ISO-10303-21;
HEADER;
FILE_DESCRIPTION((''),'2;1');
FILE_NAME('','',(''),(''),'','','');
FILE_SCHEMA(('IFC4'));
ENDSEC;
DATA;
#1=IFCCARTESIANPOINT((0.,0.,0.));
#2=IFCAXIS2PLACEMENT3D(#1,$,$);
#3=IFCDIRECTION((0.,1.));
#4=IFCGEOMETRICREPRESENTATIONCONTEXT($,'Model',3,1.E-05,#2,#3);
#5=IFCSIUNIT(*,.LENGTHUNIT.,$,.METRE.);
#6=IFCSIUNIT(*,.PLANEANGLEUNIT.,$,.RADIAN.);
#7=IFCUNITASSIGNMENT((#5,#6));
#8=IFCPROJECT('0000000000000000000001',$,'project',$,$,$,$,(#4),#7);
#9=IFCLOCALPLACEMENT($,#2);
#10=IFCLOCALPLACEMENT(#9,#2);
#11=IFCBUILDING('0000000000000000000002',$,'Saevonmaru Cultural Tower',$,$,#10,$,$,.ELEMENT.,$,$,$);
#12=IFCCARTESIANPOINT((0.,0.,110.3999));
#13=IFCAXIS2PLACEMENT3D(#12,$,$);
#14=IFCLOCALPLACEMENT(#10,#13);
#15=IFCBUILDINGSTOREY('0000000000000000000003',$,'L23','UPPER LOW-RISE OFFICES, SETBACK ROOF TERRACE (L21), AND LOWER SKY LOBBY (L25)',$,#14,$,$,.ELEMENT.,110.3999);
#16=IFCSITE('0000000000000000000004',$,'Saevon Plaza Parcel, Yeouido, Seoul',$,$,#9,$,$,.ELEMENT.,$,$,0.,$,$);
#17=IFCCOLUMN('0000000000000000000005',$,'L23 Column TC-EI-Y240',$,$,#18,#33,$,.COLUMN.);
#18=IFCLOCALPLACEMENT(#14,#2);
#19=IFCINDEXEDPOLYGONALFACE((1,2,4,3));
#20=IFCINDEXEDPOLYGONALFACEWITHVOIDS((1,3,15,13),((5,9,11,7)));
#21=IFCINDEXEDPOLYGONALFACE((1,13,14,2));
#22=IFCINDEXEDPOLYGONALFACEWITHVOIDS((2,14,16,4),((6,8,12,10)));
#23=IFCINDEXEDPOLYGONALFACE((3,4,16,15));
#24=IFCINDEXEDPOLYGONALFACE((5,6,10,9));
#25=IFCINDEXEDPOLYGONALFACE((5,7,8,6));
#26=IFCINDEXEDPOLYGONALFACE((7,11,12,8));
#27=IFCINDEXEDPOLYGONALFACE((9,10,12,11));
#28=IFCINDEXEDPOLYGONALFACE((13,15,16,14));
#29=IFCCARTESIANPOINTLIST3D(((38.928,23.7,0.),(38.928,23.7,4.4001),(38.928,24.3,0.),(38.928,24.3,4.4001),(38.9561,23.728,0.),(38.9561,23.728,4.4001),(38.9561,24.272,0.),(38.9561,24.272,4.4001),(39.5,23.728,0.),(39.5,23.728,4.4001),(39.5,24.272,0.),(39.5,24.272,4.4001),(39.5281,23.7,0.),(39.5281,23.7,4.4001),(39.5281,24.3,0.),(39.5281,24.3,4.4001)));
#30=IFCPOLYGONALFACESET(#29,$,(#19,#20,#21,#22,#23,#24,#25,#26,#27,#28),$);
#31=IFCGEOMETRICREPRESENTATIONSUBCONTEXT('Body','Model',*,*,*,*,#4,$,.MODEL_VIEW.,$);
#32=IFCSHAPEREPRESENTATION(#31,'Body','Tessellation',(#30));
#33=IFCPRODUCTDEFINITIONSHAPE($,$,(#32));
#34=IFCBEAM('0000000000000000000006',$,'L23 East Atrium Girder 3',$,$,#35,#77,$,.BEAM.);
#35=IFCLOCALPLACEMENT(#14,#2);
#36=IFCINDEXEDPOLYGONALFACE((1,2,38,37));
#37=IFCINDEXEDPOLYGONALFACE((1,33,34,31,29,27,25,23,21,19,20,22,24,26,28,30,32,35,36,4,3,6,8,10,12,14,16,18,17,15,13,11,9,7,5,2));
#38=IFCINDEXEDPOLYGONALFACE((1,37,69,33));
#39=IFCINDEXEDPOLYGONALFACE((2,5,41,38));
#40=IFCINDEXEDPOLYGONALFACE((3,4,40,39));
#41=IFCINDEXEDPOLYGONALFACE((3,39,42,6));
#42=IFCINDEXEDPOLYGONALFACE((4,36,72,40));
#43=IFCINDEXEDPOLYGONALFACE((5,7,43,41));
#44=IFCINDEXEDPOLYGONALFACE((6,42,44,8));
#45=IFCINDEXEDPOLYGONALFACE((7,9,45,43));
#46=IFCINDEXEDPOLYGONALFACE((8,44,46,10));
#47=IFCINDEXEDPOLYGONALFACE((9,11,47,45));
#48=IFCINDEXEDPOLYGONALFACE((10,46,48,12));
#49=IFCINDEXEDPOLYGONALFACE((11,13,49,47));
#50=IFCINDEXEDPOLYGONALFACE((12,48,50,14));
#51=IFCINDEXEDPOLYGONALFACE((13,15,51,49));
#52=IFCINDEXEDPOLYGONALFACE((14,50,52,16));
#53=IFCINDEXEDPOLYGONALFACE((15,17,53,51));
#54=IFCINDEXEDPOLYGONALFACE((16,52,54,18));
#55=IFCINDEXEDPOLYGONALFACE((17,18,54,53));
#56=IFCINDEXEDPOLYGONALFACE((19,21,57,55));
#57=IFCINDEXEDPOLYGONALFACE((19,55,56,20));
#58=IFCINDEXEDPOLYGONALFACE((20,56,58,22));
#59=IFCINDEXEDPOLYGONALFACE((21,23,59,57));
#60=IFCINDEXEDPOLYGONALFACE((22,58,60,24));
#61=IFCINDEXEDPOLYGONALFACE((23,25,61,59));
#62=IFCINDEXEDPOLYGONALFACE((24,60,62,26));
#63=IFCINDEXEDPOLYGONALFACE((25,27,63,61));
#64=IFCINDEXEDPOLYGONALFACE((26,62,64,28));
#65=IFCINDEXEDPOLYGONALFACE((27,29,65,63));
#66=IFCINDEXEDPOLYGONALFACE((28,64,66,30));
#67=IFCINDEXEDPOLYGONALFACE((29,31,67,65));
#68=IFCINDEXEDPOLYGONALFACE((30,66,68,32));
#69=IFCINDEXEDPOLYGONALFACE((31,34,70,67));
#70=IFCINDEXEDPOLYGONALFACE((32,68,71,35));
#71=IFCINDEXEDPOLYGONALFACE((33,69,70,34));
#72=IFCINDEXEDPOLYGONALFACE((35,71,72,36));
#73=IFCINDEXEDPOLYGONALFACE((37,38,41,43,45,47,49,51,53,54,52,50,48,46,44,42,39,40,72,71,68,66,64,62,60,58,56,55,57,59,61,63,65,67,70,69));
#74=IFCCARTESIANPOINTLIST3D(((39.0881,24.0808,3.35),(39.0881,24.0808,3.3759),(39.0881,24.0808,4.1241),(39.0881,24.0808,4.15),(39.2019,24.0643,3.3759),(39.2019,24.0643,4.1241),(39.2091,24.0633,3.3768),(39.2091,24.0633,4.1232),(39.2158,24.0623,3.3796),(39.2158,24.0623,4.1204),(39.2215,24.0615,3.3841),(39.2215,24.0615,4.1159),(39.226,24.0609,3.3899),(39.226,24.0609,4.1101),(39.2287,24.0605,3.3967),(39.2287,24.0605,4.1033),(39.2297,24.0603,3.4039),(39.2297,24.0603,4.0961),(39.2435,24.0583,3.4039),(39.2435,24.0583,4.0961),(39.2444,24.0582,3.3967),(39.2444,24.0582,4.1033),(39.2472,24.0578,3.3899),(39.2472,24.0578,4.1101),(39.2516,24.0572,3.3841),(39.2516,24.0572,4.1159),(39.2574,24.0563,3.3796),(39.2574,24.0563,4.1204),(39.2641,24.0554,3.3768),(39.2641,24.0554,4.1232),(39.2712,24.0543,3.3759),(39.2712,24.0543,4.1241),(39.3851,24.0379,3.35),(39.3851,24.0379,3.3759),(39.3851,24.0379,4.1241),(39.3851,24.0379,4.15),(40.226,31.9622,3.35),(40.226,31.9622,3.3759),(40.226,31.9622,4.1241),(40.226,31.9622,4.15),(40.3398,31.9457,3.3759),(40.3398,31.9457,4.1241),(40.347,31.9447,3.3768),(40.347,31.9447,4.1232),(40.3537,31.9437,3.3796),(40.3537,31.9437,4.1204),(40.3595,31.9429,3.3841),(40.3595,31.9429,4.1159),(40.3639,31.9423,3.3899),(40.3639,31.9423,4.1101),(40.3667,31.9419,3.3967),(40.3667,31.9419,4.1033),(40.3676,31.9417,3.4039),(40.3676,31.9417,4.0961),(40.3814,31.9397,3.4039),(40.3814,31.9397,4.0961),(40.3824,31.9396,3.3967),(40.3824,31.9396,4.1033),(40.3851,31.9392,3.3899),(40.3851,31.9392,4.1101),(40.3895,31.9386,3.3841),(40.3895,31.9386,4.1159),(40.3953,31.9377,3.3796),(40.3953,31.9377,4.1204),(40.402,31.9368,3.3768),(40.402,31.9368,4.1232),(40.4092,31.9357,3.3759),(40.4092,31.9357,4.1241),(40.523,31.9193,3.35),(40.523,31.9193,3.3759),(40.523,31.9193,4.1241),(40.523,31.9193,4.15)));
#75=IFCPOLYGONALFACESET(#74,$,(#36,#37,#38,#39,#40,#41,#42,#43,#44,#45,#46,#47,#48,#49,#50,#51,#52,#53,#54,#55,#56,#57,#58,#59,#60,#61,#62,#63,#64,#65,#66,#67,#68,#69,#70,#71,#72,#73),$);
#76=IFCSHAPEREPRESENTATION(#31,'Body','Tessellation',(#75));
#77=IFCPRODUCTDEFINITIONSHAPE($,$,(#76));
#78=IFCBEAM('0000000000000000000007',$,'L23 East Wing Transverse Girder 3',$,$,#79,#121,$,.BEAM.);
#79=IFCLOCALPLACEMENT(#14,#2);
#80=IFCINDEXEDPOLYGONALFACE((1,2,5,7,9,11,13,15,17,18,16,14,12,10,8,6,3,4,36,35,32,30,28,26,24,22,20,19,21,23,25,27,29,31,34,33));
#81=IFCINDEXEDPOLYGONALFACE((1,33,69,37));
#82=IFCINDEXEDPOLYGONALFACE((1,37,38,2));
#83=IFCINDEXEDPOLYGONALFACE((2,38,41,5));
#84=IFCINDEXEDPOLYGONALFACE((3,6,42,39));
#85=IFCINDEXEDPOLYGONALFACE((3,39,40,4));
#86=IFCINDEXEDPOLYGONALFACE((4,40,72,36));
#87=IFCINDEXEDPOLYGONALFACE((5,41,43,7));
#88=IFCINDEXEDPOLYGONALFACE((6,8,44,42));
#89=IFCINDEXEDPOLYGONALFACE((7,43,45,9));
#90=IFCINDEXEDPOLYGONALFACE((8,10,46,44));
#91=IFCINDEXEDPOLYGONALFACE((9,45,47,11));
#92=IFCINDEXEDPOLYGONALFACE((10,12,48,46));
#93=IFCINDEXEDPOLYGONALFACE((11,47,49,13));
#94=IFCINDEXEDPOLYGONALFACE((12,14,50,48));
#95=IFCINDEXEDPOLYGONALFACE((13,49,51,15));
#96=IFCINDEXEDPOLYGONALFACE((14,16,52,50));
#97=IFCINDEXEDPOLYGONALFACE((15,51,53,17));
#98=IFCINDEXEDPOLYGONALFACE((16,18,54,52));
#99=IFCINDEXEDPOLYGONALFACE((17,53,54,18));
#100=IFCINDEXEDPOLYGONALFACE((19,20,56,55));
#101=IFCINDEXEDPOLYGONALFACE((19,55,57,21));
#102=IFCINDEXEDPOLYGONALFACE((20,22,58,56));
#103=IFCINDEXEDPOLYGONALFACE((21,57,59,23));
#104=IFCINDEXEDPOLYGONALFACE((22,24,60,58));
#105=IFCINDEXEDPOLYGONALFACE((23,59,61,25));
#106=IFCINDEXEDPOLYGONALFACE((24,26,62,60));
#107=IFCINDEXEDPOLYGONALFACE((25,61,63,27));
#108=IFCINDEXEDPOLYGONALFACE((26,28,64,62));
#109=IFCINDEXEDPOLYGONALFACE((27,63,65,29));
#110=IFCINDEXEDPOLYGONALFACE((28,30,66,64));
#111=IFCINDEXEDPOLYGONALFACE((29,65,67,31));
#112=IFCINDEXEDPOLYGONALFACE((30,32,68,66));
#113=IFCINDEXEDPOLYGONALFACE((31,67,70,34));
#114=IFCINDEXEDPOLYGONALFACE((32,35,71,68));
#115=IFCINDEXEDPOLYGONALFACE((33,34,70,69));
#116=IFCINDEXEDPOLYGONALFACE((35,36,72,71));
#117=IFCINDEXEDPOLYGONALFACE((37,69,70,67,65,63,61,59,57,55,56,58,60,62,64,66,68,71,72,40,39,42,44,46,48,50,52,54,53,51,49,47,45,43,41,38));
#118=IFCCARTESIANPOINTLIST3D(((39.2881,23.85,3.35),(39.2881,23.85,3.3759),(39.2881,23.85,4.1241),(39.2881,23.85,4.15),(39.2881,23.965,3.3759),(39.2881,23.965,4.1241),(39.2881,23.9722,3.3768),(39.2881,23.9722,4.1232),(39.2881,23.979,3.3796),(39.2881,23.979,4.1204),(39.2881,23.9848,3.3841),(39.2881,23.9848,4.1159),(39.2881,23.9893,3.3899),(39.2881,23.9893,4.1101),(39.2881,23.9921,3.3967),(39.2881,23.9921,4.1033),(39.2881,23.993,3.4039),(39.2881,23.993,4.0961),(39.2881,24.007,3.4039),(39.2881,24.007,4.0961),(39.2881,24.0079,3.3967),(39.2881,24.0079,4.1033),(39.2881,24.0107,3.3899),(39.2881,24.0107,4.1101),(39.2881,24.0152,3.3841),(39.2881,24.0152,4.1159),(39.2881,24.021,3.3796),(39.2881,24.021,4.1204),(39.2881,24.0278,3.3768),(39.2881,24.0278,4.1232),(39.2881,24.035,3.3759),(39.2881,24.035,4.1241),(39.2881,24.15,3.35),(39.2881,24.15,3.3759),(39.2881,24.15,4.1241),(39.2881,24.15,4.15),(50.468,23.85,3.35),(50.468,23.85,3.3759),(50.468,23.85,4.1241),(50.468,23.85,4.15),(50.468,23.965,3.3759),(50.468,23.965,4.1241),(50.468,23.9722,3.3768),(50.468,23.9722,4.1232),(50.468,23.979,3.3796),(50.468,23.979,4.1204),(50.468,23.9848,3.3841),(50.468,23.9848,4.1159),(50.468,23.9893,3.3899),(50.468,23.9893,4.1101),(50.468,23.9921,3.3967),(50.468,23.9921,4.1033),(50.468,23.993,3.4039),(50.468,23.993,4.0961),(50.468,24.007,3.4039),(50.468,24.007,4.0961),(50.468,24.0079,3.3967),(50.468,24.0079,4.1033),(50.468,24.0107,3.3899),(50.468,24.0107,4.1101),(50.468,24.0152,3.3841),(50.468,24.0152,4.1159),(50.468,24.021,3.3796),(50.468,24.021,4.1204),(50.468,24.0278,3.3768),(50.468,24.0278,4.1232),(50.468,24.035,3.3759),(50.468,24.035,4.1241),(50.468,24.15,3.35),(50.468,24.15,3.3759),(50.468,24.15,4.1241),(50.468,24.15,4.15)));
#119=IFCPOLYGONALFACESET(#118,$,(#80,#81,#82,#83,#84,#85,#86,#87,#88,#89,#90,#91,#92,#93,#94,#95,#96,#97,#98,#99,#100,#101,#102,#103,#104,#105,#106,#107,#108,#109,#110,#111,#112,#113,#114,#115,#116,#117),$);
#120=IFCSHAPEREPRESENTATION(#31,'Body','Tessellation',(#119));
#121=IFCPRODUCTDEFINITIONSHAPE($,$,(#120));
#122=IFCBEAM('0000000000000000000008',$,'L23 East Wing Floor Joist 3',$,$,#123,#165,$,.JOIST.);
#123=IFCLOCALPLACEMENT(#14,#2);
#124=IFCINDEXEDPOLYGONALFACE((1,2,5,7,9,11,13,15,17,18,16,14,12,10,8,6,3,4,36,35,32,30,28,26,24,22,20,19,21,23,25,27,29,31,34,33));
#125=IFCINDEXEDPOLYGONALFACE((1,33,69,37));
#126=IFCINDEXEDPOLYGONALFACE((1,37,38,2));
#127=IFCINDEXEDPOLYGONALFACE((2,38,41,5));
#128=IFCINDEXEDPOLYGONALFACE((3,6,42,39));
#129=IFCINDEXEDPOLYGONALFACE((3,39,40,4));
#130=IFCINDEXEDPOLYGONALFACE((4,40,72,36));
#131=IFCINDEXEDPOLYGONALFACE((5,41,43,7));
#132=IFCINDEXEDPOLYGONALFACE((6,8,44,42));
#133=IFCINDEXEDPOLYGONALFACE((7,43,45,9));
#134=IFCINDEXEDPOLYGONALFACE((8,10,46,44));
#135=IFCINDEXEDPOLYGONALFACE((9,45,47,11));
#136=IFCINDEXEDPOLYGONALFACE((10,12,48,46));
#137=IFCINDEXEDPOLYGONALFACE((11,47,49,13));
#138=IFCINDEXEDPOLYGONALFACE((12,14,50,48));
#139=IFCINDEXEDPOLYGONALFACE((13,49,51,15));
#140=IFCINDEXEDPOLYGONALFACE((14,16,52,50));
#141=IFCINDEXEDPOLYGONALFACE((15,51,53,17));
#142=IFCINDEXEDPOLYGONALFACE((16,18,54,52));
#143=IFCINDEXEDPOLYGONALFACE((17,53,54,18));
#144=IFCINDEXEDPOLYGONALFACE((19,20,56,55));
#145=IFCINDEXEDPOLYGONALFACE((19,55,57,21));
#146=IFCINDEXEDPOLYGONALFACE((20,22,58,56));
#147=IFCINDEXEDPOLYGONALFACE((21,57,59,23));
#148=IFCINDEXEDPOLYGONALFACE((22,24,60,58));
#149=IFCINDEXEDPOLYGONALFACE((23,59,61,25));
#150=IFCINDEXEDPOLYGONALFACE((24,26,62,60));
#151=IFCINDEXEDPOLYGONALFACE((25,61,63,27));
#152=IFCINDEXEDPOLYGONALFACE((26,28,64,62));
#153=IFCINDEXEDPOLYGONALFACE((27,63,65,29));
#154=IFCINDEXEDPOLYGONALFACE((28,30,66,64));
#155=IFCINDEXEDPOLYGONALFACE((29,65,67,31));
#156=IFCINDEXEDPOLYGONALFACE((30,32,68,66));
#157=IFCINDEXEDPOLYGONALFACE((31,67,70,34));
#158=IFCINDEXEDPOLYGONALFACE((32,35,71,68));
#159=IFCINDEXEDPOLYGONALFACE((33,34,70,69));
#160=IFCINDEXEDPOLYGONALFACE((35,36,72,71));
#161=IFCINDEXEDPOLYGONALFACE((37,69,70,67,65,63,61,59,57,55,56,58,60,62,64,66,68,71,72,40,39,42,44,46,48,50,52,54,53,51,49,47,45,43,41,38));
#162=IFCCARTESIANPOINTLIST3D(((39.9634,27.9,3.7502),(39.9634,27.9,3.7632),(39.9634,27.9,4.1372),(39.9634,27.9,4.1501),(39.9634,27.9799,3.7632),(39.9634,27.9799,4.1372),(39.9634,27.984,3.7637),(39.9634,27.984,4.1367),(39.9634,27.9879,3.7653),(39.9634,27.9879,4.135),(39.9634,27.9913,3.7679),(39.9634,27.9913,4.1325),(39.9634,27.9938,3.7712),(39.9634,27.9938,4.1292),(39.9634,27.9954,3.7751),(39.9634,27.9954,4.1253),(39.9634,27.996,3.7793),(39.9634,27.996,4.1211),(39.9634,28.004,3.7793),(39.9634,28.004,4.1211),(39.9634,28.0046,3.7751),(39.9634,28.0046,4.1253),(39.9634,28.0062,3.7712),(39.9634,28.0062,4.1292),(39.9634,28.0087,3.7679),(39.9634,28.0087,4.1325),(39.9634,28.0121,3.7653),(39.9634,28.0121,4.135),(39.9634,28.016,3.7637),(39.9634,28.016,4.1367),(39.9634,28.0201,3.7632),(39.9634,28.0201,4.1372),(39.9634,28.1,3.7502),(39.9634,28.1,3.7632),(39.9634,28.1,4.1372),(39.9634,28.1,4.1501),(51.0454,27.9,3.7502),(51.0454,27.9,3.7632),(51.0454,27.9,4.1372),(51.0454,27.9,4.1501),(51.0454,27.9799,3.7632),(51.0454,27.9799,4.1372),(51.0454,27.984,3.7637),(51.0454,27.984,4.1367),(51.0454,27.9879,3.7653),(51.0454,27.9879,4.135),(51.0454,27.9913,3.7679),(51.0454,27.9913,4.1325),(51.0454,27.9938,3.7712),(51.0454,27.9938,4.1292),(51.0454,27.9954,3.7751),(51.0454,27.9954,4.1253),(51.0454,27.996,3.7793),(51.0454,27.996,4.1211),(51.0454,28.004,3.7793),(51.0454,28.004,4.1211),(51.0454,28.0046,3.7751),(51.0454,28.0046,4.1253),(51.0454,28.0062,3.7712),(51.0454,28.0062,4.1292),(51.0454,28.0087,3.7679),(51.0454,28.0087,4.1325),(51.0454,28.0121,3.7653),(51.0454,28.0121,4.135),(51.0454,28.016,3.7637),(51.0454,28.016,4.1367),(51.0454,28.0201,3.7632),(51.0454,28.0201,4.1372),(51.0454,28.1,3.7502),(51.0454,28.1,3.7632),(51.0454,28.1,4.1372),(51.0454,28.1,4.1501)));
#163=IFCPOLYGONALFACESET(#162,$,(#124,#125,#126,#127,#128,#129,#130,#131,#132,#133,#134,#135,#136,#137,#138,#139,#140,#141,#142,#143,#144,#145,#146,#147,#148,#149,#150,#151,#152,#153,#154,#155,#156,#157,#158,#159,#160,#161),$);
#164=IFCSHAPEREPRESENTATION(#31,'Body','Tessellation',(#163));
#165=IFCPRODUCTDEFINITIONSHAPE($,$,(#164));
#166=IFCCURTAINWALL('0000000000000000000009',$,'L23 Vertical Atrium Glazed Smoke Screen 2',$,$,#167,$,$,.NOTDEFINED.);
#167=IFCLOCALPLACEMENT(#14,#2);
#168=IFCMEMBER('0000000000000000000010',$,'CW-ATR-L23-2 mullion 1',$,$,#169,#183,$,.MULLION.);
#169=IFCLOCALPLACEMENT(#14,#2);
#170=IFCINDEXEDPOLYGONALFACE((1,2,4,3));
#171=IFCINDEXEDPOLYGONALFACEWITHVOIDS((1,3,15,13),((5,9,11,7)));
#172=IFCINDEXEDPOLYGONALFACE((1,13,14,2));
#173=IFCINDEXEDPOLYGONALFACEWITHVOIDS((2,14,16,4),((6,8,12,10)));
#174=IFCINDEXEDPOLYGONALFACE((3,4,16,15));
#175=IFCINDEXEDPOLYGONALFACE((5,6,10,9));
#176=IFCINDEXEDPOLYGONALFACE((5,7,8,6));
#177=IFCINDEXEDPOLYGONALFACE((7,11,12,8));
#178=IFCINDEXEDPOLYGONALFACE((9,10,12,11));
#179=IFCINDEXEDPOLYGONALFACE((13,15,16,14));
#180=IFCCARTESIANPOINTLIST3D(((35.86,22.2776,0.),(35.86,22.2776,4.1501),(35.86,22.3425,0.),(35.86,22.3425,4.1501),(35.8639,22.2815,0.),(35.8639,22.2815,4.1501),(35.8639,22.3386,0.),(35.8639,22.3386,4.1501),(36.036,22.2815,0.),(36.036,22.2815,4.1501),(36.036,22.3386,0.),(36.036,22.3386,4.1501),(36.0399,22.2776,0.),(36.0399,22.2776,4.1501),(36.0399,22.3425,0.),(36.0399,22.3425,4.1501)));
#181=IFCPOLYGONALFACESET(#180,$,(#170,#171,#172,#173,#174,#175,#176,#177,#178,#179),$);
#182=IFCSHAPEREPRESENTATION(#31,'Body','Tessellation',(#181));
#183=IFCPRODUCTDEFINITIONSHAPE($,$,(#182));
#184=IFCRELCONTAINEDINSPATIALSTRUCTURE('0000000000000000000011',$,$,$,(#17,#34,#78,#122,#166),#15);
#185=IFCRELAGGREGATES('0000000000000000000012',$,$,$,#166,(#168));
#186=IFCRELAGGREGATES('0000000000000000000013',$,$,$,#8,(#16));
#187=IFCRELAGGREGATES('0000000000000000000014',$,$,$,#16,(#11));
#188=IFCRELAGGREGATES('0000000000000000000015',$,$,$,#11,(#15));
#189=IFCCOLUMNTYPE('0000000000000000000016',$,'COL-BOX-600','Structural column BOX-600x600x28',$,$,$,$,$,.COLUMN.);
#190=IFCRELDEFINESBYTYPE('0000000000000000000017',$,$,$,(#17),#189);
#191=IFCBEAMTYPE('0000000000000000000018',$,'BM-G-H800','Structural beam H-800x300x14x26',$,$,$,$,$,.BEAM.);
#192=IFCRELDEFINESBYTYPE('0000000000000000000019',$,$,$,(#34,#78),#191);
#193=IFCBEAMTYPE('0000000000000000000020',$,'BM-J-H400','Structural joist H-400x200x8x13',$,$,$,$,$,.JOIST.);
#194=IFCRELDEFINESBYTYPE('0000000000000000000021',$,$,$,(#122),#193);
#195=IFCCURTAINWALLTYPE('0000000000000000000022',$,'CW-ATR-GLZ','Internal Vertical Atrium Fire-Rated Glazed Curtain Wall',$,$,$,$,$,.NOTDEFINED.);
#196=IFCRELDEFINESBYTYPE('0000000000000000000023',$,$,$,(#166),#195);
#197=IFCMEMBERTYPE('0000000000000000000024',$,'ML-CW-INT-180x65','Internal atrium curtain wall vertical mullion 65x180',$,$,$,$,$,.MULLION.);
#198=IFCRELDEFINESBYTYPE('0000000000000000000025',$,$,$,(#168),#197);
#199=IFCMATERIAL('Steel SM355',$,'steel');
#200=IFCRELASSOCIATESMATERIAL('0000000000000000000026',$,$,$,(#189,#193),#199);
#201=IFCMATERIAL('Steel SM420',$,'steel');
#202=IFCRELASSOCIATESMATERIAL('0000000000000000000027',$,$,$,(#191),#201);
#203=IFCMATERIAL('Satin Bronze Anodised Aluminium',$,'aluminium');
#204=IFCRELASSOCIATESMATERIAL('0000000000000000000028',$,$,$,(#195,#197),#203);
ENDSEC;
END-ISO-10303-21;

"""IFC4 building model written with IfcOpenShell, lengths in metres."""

from ifc_helpers import new_model, si_unit, direction, frame, origin, origin_2d, place, context, subcontext, project, spatial, hollow_rectangle, i_section, extrude, material, material_profile, profile_set, type_object, element, aggregate, save


model = new_model("IFC4")

# Units and contexts
model_context = context("Model", 3, precision=1e-05, world=origin(), true_north=direction((0.0, 1.0)))
body_context = subcontext(model_context, "Body", "Model", "MODEL_VIEW")
ifc_project = project(units=[si_unit("LENGTHUNIT", "METRE"), si_unit("PLANEANGLEUNIT", "RADIAN")], contexts=[model_context])

# Site, building, storey
site_placement = place(None, origin())
site = spatial("IfcSite", under=ifc_project, at=site_placement, Name="Saevon Plaza Parcel, Yeouido, Seoul", CompositionType="ELEMENT", RefElevation=0.0)
building_placement = place(site_placement, origin())
building = spatial("IfcBuilding", under=site, at=building_placement, Name="Saevonmaru Cultural Tower", CompositionType="ELEMENT")
storey_placement = place(building_placement, frame((0.0, 0.0, 110.3999)))
storey = spatial("IfcBuildingStorey", under=building, at=storey_placement, Name="L23", Description="UPPER LOW-RISE OFFICES, SETBACK ROOF TERRACE (L21), AND LOWER SKY LOBBY (L25)", CompositionType="ELEMENT", Elevation=110.3999)

# Column
ifc_material_1 = material(Name="Steel SM355", Category="steel")
ifc_material_profile_1 = material_profile(ifc_material_1, hollow_rectangle(XDim=0.6001, YDim=0.6001, WallThickness=0.0281, at=origin_2d()), Name="BOX-600x600x28")
ifc_profile_set_1 = profile_set([ifc_material_profile_1], Name="Steel SM355")
column_type = type_object("IfcColumnType", Name="COL-BOX-600", Description="Structural column BOX-600x600x28", PredefinedType="COLUMN", material=ifc_profile_set_1)
column_placement = place(storey_placement, frame((39.228, 24.0, 0.0), z_axis=(0.0, 0.0, 1.0), x_axis=(1.0, 0.0, 0.0)))
element("IfcColumn", 1, at=column_placement, inside=storey, type_object=column_type, Name="L23 Column TC-EI-Y240", PredefinedType="COLUMN", context=body_context, shape_type="SweptSolid", body=[
    extrude(hollow_rectangle(XDim=0.6001, YDim=0.6001, WallThickness=0.0281, at=origin_2d()), origin(), (0.0, 0.0, 1.0), 4.4001),
])

# Beams
ifc_material_2 = material(Name="Steel SM420", Category="steel")
ifc_material_profile_2 = material_profile(ifc_material_2, i_section(OverallWidth=0.3, OverallDepth=0.8, WebThickness=0.0139, FlangeThickness=0.0259, FilletRadius=0.0281, at=origin_2d()), Name="H-800x300x14x26")
ifc_profile_set_2 = profile_set([ifc_material_profile_2], Name="Steel SM420")
beam_type_1 = type_object("IfcBeamType", Name="BM-G-H800", Description="Structural beam H-800x300x14x26", PredefinedType="BEAM", material=ifc_profile_set_2)
beam_1_placement = place(storey_placement, frame((39.2366, 24.0593, 3.75), z_axis=(0.142902, 0.989737, 0.0), x_axis=(-0.989737, 0.142902, 0.0)))
element("IfcBeam", 2, at=beam_1_placement, inside=storey, type_object=beam_type_1, Name="L23 East Atrium Girder 3", PredefinedType="BEAM", context=body_context, shape_type="SweptSolid", body=[
    extrude(i_section(OverallWidth=0.3, OverallDepth=0.8, WebThickness=0.0139, FlangeThickness=0.0259, FilletRadius=0.0281, at=origin_2d()), origin(), (0.0, 0.0, 1.0), 7.9631),
])
beam_2_placement = place(storey_placement, frame((39.2881, 24.0, 3.75), z_axis=(1.0, 0.0, 0.0), x_axis=(0.0, 1.0, 0.0)))
element("IfcBeam", 3, at=beam_2_placement, inside=storey, type_object=beam_type_1, Name="L23 East Wing Transverse Girder 3", PredefinedType="BEAM", context=body_context, shape_type="SweptSolid", body=[
    extrude(i_section(OverallWidth=0.3, OverallDepth=0.8, WebThickness=0.0139, FlangeThickness=0.0259, FilletRadius=0.0281, at=origin_2d()), origin(), (0.0, 0.0, 1.0), 11.1799),
])
ifc_material_profile_3 = material_profile(ifc_material_1, i_section(OverallWidth=0.2, OverallDepth=0.3999, WebThickness=0.0081, FlangeThickness=0.0129, FilletRadius=0.0161, at=origin_2d()), Name="H-400x200x8x13")
ifc_profile_set_3 = profile_set([ifc_material_profile_3], Name="Steel SM355")
beam_type_2 = type_object("IfcBeamType", Name="BM-J-H400", Description="Structural joist H-400x200x8x13", PredefinedType="JOIST", material=ifc_profile_set_3)
beam_3_placement = place(storey_placement, frame((39.9634, 28.0, 3.9502), z_axis=(1.0, 0.0, 0.0), x_axis=(0.0, 1.0, 0.0)))
element("IfcBeam", 4, at=beam_3_placement, inside=storey, type_object=beam_type_2, Name="L23 East Wing Floor Joist 3", PredefinedType="JOIST", context=body_context, shape_type="SweptSolid", body=[
    extrude(i_section(OverallWidth=0.2, OverallDepth=0.3999, WebThickness=0.0081, FlangeThickness=0.0129, FilletRadius=0.0161, at=origin_2d()), origin(), (0.0, 0.0, 1.0), 11.082),
])

# Curtain wall, member
ifc_material_3 = material(Name="Satin Bronze Anodised Aluminium", Category="aluminium")
curtain_wall_type = type_object("IfcCurtainWallType", Name="CW-ATR-GLZ", Description="Internal Vertical Atrium Fire-Rated Glazed Curtain Wall", PredefinedType="NOTDEFINED", material=ifc_material_3)
curtain_wall_1_placement = place(storey_placement, origin())
curtain_wall_1 = element("IfcCurtainWall", 5, at=curtain_wall_1_placement, inside=storey, type_object=curtain_wall_type, Name="L23 Vertical Atrium Glazed Smoke Screen 2", PredefinedType="NOTDEFINED")
ifc_material_profile_4 = material_profile(ifc_material_3, hollow_rectangle(XDim=0.0649, YDim=0.1799, WallThickness=0.0039, at=origin_2d()), Name="ALU-MULL-180x65x4")
ifc_profile_set_4 = profile_set([ifc_material_profile_4], Name="Satin Bronze Anodised Aluminium")
member_type_1 = type_object("IfcMemberType", Name="ML-CW-INT-180x65", Description="Internal atrium curtain wall vertical mullion 65x180", PredefinedType="MULLION", material=ifc_profile_set_4)
member_1_placement = place(storey_placement, frame((35.95, 22.3101, 0.0), z_axis=(0.0, 0.0, 1.0), x_axis=(0.0, 1.0, 0.0)))
member_1 = element("IfcMember", 6, at=member_1_placement, type_object=member_type_1, Name="CW-ATR-L23-2 mullion 1", PredefinedType="MULLION", context=body_context, shape_type="SweptSolid", body=[
    extrude(hollow_rectangle(XDim=0.0649, YDim=0.1799, WallThickness=0.0039, at=origin_2d()), origin(), (0.0, 0.0, 1.0), 4.1501),
])

aggregate(curtain_wall_1, [member_1])

save(model, "model.ifc")
